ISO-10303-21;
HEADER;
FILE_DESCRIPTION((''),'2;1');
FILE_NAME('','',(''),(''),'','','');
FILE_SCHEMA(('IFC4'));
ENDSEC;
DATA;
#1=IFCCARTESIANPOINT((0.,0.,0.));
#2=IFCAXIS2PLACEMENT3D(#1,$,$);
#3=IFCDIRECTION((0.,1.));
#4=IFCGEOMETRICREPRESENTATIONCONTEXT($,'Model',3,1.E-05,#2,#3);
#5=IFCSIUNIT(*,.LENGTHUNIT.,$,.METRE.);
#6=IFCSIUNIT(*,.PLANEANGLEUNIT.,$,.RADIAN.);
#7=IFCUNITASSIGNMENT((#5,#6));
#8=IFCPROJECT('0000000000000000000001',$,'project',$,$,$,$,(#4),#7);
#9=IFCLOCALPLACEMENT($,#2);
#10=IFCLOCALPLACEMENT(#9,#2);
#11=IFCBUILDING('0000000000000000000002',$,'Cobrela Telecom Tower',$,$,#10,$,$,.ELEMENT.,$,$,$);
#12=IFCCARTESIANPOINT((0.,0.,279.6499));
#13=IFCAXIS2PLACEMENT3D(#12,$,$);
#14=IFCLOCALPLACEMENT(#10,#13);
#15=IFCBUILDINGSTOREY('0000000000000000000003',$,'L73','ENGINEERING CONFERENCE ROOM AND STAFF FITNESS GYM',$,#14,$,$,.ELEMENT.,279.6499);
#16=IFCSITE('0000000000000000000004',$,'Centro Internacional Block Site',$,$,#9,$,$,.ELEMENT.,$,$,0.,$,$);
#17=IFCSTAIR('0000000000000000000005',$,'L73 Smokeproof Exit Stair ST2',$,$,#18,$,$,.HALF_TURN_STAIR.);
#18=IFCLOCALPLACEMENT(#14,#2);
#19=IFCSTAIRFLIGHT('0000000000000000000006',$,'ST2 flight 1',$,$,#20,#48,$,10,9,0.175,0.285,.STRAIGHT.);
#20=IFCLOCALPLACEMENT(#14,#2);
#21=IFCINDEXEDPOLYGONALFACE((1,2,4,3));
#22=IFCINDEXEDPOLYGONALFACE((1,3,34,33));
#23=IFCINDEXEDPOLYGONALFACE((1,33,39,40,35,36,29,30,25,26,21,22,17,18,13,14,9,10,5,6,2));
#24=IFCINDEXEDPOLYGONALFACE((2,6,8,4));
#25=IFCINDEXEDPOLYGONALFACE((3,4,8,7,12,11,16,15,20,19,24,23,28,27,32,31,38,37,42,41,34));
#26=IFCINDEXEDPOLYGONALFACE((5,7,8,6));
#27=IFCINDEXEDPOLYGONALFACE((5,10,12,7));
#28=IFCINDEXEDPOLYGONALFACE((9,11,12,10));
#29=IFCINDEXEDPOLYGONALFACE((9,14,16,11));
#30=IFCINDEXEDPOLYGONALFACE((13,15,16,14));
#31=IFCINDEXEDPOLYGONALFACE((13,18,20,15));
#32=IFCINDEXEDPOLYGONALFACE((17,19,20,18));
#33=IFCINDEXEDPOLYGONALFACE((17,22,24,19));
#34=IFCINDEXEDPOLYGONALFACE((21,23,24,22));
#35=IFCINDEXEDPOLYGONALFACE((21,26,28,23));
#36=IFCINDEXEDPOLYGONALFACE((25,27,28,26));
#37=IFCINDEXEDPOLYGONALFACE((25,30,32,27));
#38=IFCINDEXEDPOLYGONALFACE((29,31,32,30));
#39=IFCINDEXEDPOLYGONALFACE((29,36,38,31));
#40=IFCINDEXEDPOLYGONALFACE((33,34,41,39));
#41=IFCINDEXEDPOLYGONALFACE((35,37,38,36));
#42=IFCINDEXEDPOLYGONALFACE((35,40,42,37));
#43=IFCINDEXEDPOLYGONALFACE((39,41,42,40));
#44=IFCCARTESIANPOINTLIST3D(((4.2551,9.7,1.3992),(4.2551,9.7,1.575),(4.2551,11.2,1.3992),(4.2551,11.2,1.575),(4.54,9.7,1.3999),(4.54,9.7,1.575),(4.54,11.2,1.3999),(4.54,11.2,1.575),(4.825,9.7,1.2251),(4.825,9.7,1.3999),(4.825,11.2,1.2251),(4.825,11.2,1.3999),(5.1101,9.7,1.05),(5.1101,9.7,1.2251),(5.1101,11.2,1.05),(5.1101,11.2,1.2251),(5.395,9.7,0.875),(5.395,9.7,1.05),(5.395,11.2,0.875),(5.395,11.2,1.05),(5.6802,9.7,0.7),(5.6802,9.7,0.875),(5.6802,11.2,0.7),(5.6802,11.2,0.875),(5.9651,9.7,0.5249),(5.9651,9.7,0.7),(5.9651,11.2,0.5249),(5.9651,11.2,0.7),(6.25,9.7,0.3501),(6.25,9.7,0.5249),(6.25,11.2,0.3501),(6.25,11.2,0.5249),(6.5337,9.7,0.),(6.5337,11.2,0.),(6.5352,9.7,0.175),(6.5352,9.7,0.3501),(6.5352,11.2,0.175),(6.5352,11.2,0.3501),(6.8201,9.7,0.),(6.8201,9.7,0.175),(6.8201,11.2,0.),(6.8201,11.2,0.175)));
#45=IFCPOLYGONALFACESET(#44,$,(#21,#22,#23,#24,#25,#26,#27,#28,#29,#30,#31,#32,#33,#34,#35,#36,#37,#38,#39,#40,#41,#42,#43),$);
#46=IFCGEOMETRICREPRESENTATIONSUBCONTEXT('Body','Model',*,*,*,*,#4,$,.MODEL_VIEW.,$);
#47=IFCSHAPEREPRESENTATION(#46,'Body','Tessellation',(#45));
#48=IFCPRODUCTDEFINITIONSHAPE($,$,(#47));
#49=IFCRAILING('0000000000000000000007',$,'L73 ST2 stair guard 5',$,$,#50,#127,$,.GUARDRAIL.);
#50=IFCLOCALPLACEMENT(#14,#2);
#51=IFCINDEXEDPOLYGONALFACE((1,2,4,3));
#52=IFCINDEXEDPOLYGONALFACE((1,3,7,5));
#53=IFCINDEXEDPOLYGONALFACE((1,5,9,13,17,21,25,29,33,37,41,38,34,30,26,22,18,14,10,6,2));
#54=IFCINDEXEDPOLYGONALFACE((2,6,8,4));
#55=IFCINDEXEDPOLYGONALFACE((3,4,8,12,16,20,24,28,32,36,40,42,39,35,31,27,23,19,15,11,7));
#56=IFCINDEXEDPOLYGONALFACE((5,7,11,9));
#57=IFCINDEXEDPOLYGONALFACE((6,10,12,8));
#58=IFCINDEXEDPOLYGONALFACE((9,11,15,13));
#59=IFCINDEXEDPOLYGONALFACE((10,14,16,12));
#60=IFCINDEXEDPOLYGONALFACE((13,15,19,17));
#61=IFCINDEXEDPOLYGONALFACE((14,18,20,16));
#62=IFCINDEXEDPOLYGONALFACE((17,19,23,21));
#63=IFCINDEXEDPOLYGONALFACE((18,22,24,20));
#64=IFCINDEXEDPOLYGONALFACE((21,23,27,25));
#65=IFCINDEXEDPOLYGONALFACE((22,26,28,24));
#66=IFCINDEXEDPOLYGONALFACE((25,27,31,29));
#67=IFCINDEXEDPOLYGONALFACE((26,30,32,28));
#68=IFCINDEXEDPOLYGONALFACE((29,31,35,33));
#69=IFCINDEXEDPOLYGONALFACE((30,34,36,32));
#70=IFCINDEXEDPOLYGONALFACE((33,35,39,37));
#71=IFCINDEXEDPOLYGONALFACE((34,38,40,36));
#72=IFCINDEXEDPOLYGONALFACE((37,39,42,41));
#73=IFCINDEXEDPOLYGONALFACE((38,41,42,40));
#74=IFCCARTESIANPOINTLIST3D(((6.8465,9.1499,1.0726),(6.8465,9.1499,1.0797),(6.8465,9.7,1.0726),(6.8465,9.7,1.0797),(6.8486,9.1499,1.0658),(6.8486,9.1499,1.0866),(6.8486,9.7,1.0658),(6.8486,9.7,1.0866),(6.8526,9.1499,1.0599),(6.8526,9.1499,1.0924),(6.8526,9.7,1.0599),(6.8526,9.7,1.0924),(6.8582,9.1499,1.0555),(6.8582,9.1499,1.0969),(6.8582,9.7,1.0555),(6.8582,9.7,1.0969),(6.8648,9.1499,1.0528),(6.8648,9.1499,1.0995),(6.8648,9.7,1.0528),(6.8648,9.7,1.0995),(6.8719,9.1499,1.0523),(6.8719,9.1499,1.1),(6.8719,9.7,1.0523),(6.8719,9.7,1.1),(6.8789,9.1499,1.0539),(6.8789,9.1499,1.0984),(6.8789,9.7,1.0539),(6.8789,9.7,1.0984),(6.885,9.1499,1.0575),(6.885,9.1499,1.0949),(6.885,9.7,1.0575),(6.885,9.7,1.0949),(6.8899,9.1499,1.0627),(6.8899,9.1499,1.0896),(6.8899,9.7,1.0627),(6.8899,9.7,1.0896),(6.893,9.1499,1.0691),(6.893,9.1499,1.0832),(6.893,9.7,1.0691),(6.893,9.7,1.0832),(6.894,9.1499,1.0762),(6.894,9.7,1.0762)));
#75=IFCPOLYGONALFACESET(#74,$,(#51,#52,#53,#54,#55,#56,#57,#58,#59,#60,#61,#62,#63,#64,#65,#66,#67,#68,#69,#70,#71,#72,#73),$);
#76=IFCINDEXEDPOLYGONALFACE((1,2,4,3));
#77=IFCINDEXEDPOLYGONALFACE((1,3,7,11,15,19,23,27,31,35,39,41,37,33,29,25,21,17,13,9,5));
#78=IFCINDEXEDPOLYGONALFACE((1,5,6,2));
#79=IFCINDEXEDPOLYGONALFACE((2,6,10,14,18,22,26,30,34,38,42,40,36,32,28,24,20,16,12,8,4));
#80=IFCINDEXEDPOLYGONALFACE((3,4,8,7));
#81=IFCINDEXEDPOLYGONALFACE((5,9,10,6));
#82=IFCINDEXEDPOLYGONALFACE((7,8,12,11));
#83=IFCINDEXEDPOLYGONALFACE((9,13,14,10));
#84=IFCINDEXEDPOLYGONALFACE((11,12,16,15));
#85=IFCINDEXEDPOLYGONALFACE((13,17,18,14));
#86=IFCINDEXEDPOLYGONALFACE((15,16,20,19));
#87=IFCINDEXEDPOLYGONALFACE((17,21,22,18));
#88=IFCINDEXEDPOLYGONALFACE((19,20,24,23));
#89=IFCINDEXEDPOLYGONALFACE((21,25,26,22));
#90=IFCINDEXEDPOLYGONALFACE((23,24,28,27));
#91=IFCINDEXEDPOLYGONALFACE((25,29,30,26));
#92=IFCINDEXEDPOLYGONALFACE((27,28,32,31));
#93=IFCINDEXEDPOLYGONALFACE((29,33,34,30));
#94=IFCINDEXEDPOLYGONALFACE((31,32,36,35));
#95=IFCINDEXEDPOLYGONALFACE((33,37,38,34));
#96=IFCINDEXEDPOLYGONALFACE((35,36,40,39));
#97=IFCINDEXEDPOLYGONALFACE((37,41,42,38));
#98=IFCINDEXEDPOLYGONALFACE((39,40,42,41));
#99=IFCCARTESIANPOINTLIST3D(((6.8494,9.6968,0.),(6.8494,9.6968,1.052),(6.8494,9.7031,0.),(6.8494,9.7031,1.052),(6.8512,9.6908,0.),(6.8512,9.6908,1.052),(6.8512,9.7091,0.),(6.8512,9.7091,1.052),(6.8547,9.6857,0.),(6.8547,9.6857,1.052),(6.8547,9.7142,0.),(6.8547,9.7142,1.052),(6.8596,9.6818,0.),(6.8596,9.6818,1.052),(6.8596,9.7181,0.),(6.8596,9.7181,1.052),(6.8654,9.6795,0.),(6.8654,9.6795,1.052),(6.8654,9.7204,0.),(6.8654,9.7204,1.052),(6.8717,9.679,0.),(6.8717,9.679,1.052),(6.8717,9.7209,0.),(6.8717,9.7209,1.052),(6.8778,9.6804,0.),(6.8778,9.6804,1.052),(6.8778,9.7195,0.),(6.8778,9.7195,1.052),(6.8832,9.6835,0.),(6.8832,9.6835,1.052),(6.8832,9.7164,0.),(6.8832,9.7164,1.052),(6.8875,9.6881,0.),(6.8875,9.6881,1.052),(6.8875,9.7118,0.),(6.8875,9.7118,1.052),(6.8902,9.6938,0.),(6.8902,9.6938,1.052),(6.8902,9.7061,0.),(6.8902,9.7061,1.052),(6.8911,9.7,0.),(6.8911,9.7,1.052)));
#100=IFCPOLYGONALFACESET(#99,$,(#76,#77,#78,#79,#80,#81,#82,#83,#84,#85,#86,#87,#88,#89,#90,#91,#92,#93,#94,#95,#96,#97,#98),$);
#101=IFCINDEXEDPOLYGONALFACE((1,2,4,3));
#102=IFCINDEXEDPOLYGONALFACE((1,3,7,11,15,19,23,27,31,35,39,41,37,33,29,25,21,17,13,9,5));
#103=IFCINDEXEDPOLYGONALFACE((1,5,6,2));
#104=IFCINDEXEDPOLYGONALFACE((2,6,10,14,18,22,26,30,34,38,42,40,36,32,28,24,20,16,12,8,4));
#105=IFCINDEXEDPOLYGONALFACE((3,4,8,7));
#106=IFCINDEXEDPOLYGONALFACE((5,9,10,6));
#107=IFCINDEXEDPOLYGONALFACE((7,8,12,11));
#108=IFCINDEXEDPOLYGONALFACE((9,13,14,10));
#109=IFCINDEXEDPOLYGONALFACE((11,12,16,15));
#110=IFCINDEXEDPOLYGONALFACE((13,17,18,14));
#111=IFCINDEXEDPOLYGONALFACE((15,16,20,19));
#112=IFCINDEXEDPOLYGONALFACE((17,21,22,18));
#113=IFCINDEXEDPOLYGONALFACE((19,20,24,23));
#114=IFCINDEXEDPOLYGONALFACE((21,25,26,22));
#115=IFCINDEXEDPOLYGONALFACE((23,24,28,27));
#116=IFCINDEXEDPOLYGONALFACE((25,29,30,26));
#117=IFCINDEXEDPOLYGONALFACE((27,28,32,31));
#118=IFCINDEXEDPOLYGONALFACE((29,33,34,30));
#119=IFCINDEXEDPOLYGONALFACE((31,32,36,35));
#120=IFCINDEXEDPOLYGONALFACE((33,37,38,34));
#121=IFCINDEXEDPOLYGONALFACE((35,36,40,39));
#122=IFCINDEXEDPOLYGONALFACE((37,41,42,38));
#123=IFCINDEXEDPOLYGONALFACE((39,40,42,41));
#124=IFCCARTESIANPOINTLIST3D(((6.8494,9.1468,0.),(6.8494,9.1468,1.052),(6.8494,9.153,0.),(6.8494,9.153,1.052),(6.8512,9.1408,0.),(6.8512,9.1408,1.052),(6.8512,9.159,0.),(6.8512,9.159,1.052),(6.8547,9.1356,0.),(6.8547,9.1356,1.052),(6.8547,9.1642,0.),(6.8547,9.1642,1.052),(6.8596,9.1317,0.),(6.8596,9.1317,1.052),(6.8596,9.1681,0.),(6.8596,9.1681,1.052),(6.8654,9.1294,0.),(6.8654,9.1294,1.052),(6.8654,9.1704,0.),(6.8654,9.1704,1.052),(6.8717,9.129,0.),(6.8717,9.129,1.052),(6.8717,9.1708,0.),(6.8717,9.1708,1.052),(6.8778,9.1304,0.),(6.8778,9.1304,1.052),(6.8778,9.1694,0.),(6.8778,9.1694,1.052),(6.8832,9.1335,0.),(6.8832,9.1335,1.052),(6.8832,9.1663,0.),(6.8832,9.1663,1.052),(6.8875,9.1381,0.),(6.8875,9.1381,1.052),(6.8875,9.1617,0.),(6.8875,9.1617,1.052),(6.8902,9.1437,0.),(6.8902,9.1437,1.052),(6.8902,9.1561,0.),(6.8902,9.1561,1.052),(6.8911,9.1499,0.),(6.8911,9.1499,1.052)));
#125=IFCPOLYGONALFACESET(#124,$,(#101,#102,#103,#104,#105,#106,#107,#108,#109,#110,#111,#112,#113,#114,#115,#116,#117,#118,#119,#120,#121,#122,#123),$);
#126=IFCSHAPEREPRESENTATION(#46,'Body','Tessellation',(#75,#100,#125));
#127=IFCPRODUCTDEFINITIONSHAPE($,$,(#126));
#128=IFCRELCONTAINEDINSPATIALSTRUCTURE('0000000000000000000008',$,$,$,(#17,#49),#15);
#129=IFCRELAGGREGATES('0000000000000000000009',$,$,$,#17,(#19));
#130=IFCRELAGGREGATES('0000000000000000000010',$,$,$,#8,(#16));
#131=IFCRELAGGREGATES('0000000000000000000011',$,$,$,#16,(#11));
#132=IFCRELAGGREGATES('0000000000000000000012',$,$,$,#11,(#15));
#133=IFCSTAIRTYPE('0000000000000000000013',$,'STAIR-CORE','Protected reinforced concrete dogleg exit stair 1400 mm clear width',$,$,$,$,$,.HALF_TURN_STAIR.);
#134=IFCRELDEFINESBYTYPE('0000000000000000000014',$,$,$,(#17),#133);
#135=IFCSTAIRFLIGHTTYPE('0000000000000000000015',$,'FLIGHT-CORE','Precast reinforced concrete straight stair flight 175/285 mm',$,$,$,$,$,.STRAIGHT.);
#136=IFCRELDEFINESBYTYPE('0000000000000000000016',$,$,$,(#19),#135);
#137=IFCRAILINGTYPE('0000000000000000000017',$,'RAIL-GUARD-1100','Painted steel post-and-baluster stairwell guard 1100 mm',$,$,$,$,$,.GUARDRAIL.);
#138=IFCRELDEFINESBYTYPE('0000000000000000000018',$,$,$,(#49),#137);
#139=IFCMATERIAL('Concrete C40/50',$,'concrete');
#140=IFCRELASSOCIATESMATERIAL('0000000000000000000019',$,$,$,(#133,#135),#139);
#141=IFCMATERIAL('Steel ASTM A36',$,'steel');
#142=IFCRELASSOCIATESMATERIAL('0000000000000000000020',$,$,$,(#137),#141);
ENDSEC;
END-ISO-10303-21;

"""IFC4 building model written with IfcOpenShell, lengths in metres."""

from ifc_helpers import new_model, si_unit, direction, frame, origin, origin_2d, place, context, subcontext, project, spatial, polyline, circle, outline, extrude, material, type_object, element, aggregate, save


model = new_model("IFC4")

# Units and contexts
model_context = context("Model", 3, precision=1e-05, world=origin(), true_north=direction((0.0, 1.0)))
body_context = subcontext(model_context, "Body", "Model", "MODEL_VIEW")
ifc_project = project(units=[si_unit("LENGTHUNIT", "METRE"), si_unit("PLANEANGLEUNIT", "RADIAN")], contexts=[model_context])

# Site, building, storey
site_placement = place(None, origin())
site = spatial("IfcSite", under=ifc_project, at=site_placement, Name="Centro Internacional Block Site", CompositionType="ELEMENT", RefElevation=0.0)
building_placement = place(site_placement, origin())
building = spatial("IfcBuilding", under=site, at=building_placement, Name="Cobrela Telecom Tower", CompositionType="ELEMENT")
storey_placement = place(building_placement, frame((0.0, 0.0, 279.6499)))
storey = spatial("IfcBuildingStorey", under=building, at=storey_placement, Name="L73", Description="ENGINEERING CONFERENCE ROOM AND STAFF FITNESS GYM", CompositionType="ELEMENT", Elevation=279.6499)

# Stair, stair flight
ifc_material_1 = material(Name="Concrete C40/50", Category="concrete")
stair_type = type_object("IfcStairType", Name="STAIR-CORE", Description="Protected reinforced concrete dogleg exit stair 1400 mm clear width", PredefinedType="HALF_TURN_STAIR", material=ifc_material_1)
stair_placement = place(storey_placement, origin())
stair = element("IfcStair", 1, at=stair_placement, inside=storey, type_object=stair_type, Name="L73 Smokeproof Exit Stair ST2", PredefinedType="HALF_TURN_STAIR")
stair_flight_type = type_object("IfcStairFlightType", Name="FLIGHT-CORE", Description="Precast reinforced concrete straight stair flight 175/285 mm", PredefinedType="STRAIGHT", material=ifc_material_1)
stair_flight_placement = place(storey_placement, frame((6.8201, 10.45, 0.0), z_axis=(0.0, 0.0, 1.0), x_axis=(-1.0, 0.0, 0.0)))
stair_flight = element("IfcStairFlight", 2, at=stair_flight_placement, type_object=stair_flight_type, Name="ST2 flight 1", NumberOfRisers=10, NumberOfTreads=9, PredefinedType="STRAIGHT", RiserHeight=0.175, TreadLength=0.285, context=body_context, shape_type="SweptSolid", body=[
    extrude(outline(polyline([(0.0, 0.0), (0.0, 0.175), (0.2849, 0.175), (0.2849, 0.3501), (0.5701, 0.3501), (0.5701, 0.5249), (0.855, 0.5249), (0.855, 0.7), (1.1399, 0.7), (1.1399, 0.875), (1.425, 0.875), (1.425, 1.05), (1.71, 1.05), (1.71, 1.2251), (1.9951, 1.2251), (1.9951, 1.3999), (2.28, 1.3999), (2.28, 1.575), (2.5649, 1.575), (2.5649, 1.75), (2.5649, 1.3992), (0.2864, 0.0), (0.0, 0.0)])), frame((0.0, 0.75, 0.0), z_axis=(0.0, -1.0, 0.0), x_axis=(1.0, 0.0, 0.0)), (0.0, 0.0, 1.0), 1.5),
])
aggregate(stair, [stair_flight])

# Railing
ifc_material_2 = material(Name="Steel ASTM A36", Category="steel")
railing_type_1 = type_object("IfcRailingType", Name="RAIL-GUARD-1100", Description="Painted steel post-and-baluster stairwell guard 1100 mm", PredefinedType="GUARDRAIL", material=ifc_material_2)
railing_1_placement = place(storey_placement, frame((6.8701, 9.7, 0.0)))
element("IfcRailing", 3, at=railing_1_placement, inside=storey, type_object=railing_type_1, Name="L73 ST2 stair guard 5", PredefinedType="GUARDRAIL", context=body_context, shape_type="SweptSolid", body=[
    extrude(circle(Radius=0.0239, at=origin_2d()), frame((0.0, 0.0, 1.0762), z_axis=(0.0, -1.0, 0.0), x_axis=(1.0, 0.0, 0.0)), (0.0, 0.0, 1.0), 0.55),
    extrude(circle(Radius=0.021, at=origin_2d()), origin(), (0.0, 0.0, 1.0), 1.052),
    extrude(circle(Radius=0.021, at=origin_2d()), frame((0.0, -0.55, 0.0)), (0.0, 0.0, 1.0), 1.052),
])

save(model, "model.ifc")
